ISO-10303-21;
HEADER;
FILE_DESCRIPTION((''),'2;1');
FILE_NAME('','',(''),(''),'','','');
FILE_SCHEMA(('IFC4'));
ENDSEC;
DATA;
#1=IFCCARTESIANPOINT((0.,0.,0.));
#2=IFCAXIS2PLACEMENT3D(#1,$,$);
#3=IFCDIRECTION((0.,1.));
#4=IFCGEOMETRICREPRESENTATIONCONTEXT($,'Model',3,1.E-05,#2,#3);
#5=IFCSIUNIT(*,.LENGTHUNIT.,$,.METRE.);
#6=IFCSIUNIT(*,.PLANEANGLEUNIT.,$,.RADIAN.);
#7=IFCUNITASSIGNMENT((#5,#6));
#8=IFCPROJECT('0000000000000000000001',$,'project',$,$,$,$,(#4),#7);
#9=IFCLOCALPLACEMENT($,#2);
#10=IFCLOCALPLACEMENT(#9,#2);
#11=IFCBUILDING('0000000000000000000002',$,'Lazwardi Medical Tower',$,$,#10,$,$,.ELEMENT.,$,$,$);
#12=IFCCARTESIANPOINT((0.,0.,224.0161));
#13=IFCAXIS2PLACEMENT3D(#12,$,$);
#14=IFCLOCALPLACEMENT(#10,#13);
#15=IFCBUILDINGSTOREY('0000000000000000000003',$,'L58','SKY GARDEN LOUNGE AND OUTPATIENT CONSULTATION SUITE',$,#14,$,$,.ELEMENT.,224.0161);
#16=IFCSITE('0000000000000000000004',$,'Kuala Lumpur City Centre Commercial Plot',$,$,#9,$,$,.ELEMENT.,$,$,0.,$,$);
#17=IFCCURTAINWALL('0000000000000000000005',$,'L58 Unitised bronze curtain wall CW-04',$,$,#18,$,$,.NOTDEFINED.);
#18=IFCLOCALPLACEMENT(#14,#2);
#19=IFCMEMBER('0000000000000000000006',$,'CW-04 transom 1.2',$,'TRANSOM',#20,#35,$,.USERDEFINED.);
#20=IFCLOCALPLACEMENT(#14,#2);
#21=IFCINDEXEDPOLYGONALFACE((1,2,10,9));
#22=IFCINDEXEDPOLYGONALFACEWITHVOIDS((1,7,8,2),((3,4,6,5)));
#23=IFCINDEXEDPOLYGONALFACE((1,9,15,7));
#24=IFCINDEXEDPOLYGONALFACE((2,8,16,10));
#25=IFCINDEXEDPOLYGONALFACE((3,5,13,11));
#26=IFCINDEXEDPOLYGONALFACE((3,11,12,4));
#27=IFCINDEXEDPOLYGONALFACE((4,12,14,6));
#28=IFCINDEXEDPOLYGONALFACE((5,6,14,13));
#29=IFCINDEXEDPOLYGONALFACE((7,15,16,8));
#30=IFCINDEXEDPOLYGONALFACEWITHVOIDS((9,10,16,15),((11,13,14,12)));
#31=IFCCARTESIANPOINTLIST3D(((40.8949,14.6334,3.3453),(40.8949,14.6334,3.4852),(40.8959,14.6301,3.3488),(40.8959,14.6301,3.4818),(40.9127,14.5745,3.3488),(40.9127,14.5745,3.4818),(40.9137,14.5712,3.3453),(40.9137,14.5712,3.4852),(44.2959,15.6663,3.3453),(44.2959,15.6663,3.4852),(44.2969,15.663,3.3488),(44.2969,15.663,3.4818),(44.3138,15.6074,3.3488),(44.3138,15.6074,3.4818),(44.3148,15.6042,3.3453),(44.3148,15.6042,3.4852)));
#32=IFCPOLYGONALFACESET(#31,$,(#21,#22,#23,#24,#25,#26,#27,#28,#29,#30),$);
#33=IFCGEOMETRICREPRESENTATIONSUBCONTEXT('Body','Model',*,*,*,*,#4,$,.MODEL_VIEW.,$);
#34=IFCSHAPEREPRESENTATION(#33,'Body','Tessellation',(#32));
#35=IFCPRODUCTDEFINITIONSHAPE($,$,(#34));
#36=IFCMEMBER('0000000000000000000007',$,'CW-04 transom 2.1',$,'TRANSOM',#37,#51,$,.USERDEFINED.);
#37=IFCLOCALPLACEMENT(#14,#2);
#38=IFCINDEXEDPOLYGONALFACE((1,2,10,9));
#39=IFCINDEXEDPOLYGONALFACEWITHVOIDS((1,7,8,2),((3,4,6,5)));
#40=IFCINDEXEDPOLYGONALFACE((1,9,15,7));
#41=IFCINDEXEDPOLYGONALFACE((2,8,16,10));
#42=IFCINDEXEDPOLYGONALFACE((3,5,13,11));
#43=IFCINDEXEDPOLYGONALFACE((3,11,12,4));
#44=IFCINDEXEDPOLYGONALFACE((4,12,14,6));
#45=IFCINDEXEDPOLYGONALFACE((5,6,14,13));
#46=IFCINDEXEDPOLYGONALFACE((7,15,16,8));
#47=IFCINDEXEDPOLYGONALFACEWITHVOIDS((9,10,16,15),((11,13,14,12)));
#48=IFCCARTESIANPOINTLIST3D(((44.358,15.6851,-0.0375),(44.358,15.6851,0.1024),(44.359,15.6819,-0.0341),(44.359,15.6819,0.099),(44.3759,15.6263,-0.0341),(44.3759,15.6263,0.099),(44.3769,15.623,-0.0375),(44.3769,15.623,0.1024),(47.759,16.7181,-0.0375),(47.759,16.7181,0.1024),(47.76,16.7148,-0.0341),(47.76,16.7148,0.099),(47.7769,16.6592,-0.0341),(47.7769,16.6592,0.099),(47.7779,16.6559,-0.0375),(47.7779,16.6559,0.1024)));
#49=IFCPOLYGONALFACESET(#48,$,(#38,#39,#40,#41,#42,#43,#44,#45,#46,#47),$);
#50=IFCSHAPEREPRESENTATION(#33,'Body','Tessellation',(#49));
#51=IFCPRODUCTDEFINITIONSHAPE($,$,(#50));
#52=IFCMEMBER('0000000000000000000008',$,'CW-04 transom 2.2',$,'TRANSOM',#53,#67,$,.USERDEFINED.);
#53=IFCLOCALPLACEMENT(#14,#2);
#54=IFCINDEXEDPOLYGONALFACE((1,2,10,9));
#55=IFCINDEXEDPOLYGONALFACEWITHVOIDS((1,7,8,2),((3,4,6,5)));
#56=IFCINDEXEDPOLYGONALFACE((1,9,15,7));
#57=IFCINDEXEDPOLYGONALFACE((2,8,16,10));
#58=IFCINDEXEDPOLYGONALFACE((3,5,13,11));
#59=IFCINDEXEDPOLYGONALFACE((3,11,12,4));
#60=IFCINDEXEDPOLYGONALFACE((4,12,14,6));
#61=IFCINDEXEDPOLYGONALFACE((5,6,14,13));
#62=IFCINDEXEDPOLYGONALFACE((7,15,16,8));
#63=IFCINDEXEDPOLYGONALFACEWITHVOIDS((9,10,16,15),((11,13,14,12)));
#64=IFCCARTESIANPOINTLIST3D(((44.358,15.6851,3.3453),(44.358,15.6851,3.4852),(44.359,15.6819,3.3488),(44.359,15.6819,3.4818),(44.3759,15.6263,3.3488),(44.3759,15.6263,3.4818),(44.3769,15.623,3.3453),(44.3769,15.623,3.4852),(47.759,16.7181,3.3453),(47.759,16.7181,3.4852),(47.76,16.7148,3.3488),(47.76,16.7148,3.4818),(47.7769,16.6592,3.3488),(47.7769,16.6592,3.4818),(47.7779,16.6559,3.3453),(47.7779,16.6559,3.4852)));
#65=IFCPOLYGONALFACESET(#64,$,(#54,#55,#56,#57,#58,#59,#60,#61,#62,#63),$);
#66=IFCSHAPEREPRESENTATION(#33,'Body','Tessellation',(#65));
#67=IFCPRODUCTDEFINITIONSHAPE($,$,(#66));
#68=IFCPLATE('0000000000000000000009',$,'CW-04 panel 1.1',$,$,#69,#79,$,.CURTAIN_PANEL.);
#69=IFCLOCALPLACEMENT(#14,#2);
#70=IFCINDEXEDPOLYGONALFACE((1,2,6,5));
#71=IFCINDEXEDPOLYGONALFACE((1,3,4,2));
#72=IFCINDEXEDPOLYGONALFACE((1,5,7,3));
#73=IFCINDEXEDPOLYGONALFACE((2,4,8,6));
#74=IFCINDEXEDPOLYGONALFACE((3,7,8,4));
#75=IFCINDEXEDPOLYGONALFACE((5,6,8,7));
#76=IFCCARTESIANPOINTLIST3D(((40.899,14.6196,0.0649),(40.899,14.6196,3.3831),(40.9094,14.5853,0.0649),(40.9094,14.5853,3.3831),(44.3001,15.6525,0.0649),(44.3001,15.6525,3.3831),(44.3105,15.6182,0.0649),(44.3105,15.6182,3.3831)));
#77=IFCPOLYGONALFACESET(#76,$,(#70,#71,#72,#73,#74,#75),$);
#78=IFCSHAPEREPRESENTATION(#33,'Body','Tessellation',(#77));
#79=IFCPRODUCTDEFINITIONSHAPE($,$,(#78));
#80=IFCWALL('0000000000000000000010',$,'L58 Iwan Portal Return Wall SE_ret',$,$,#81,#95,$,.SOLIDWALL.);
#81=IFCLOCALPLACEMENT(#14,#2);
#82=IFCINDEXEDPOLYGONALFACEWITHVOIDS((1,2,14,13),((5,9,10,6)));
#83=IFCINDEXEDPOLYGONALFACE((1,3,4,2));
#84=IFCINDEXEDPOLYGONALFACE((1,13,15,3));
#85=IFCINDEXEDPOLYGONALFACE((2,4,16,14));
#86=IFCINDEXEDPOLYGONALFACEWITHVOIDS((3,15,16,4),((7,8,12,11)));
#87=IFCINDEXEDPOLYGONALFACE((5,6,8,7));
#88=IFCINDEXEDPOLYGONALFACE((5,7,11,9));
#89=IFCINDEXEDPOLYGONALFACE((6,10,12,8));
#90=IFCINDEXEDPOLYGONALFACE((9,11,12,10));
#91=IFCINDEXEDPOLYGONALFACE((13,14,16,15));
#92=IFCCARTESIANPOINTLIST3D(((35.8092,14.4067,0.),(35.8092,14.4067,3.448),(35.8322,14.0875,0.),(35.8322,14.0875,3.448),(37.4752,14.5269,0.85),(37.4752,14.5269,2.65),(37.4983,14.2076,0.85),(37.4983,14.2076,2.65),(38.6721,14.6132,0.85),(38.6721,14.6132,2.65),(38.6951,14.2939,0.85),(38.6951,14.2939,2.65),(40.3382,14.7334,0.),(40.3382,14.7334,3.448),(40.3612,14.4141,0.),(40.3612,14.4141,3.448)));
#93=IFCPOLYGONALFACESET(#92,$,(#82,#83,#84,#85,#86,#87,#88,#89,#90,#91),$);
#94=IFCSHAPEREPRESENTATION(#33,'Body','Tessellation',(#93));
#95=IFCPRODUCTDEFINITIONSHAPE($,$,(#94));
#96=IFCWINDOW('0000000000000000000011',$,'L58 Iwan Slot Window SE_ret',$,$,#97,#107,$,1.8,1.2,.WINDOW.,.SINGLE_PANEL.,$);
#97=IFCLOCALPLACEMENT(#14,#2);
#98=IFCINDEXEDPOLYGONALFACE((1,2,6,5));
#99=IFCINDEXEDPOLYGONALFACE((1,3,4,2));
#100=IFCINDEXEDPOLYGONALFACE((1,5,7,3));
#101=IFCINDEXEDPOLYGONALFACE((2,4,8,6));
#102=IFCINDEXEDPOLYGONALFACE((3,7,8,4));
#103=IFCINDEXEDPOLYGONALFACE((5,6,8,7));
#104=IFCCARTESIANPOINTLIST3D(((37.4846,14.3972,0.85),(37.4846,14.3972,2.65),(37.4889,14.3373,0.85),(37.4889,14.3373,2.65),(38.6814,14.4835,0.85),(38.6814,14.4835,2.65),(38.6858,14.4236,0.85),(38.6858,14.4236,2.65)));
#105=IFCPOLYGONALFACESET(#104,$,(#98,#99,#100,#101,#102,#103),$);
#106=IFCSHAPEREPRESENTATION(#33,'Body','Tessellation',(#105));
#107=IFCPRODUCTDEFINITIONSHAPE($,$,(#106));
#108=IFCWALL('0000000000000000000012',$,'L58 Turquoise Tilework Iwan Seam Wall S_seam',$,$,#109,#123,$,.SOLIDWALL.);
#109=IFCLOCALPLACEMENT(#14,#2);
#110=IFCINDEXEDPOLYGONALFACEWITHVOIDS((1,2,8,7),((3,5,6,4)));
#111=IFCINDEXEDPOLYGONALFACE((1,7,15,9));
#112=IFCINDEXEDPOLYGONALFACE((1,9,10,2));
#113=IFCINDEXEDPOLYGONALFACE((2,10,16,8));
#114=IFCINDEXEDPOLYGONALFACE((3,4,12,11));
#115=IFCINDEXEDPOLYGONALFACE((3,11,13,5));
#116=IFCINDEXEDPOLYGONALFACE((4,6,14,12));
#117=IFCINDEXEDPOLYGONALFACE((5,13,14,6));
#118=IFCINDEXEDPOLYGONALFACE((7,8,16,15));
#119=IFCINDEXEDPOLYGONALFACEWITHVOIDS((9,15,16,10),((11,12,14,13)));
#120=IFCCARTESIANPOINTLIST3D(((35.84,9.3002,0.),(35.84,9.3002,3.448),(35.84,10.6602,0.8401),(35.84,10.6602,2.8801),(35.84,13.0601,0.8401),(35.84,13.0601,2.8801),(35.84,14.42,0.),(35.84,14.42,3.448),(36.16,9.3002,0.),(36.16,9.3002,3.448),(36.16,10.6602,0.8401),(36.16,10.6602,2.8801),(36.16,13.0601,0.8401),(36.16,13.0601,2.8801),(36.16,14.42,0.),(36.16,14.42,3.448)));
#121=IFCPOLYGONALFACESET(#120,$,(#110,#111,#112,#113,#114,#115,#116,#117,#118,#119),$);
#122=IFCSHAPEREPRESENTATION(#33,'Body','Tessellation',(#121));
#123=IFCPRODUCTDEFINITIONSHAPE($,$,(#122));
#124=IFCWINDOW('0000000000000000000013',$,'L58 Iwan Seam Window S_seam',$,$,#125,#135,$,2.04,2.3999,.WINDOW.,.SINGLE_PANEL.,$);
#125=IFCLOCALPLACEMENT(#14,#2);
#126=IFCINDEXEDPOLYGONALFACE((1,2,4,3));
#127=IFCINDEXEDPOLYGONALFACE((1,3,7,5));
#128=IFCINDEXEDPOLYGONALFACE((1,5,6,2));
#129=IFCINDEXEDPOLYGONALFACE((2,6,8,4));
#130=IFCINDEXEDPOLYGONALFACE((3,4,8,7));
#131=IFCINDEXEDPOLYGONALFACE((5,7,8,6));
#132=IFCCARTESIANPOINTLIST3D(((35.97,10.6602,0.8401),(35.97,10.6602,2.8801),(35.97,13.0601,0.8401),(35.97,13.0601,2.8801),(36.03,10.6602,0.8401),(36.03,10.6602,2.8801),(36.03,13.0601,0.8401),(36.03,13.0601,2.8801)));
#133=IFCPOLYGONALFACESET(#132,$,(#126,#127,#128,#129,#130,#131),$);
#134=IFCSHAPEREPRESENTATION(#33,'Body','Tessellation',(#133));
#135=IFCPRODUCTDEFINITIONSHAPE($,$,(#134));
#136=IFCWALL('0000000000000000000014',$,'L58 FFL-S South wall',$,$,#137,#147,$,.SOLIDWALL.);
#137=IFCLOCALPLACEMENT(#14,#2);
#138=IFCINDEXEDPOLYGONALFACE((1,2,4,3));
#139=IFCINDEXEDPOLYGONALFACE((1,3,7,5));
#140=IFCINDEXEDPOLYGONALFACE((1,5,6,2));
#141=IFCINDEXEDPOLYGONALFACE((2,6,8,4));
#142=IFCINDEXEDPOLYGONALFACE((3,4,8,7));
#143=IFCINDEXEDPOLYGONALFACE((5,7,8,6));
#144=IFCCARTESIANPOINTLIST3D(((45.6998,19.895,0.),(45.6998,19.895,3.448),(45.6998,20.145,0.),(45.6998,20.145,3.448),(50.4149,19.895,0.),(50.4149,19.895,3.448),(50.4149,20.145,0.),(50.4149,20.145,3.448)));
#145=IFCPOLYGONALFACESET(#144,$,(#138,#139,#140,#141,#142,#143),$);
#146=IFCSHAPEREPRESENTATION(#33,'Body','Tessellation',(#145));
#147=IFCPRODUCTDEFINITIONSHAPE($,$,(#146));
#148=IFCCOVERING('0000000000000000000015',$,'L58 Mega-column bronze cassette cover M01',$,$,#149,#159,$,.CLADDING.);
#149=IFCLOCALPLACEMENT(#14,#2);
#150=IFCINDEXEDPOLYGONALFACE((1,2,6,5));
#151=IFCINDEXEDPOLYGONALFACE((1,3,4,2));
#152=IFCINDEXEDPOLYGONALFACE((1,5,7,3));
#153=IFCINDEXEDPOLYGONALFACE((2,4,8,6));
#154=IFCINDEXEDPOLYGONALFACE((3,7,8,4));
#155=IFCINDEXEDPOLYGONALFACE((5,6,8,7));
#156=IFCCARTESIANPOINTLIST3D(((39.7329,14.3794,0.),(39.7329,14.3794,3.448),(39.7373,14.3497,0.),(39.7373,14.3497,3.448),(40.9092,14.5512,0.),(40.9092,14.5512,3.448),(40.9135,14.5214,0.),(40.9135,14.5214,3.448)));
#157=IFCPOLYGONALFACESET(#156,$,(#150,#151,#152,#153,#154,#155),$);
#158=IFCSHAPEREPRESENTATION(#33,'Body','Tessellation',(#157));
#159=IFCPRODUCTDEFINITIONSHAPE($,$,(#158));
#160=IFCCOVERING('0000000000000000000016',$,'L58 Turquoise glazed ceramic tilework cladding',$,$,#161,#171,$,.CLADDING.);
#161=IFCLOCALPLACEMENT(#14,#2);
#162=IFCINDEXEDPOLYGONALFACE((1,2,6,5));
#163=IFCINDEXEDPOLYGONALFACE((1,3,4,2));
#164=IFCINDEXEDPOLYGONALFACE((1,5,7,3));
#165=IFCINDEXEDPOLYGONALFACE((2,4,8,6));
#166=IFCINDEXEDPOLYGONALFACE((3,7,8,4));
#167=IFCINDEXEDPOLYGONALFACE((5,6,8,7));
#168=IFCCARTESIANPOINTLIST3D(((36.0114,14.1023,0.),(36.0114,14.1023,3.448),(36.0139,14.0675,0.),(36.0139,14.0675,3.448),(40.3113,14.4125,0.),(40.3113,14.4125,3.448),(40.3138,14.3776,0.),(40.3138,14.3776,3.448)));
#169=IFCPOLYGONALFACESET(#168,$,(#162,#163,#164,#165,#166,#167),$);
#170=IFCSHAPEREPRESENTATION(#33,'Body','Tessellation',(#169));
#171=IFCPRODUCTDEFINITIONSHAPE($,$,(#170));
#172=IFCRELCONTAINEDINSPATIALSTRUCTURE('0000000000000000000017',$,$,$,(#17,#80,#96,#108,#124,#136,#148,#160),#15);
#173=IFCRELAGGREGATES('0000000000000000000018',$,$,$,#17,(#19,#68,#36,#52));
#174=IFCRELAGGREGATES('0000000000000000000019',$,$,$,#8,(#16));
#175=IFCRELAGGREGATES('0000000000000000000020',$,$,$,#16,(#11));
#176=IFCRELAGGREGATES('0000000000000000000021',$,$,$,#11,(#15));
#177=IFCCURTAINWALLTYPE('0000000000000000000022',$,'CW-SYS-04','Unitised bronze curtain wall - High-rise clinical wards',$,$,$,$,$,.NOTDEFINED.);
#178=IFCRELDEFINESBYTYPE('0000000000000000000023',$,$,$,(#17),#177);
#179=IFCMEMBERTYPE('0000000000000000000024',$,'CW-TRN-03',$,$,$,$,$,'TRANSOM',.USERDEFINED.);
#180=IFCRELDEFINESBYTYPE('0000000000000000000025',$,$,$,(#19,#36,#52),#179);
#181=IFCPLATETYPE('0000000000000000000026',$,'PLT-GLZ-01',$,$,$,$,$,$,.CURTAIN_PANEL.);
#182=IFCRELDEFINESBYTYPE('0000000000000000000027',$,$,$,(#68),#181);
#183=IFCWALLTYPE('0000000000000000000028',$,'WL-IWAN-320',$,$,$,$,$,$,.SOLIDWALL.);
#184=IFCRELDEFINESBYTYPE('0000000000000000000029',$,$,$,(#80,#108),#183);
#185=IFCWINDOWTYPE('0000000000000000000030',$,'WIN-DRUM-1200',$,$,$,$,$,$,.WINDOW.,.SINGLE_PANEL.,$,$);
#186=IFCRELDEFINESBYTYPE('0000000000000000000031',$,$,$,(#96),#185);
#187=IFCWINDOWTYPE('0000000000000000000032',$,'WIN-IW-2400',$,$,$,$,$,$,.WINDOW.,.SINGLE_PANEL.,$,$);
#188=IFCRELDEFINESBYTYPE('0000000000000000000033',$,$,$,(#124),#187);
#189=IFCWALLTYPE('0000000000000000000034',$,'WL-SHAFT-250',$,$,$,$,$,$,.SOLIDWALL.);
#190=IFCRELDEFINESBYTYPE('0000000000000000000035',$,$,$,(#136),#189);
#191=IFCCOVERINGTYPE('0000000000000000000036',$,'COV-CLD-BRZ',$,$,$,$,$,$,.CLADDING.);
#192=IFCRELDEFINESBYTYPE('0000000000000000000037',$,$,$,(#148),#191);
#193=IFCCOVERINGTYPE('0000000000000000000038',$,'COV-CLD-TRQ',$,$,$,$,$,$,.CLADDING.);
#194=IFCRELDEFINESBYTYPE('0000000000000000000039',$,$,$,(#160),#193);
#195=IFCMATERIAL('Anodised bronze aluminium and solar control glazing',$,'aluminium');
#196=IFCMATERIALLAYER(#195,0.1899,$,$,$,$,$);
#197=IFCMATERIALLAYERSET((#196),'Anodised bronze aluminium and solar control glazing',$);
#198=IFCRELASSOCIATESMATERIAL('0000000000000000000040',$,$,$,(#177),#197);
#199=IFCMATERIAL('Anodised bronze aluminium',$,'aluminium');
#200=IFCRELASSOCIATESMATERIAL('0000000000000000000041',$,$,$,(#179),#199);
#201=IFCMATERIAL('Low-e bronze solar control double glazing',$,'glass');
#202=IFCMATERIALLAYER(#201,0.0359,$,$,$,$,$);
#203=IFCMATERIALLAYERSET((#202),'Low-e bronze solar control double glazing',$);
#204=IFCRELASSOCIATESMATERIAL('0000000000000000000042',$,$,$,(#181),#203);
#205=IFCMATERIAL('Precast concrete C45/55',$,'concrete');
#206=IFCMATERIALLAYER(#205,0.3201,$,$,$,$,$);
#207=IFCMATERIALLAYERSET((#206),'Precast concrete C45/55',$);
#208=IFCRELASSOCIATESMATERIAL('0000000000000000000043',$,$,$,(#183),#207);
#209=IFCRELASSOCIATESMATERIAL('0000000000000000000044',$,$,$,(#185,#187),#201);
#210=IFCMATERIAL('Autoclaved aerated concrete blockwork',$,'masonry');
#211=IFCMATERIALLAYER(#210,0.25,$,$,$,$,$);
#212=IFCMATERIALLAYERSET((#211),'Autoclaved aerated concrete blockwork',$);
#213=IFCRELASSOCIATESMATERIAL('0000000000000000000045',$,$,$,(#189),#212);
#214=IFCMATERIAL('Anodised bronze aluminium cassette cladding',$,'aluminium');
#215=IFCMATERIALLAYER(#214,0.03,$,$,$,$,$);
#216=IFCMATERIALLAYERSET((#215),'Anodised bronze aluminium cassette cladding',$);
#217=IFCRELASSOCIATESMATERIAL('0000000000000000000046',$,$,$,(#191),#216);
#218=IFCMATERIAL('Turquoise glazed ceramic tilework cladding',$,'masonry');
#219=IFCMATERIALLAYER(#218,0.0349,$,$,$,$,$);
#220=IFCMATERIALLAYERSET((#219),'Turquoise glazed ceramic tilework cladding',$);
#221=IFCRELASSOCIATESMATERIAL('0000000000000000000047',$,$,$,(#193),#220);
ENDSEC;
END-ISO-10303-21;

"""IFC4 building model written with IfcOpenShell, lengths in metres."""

from ifc_helpers import new_model, si_unit, direction, frame, frame_2d, origin, origin_2d, place, context, subcontext, project, spatial, rectangle, hollow_rectangle, extrude, material, layer, layer_set, material_profile, profile_set, type_object, element, fill, aggregate, save


model = new_model("IFC4")

# Units and contexts
model_context = context("Model", 3, precision=1e-05, world=origin(), true_north=direction((0.0, 1.0)))
body_context = subcontext(model_context, "Body", "Model", "MODEL_VIEW")
ifc_project = project(units=[si_unit("LENGTHUNIT", "METRE"), si_unit("PLANEANGLEUNIT", "RADIAN")], contexts=[model_context])

# Site, building, storey
site_placement = place(None, origin())
site = spatial("IfcSite", under=ifc_project, at=site_placement, Name="Kuala Lumpur City Centre Commercial Plot", CompositionType="ELEMENT", RefElevation=0.0)
building_placement = place(site_placement, origin())
building = spatial("IfcBuilding", under=site, at=building_placement, Name="Lazwardi Medical Tower", CompositionType="ELEMENT")
storey_placement = place(building_placement, frame((0.0, 0.0, 224.0161)))
storey = spatial("IfcBuildingStorey", under=building, at=storey_placement, Name="L58", Description="SKY GARDEN LOUNGE AND OUTPATIENT CONSULTATION SUITE", CompositionType="ELEMENT", Elevation=224.0161)

# Curtain wall, members, plate
ifc_material_1 = material(Name="Anodised bronze aluminium and solar control glazing", Category="aluminium")
ifc_layer_1 = layer(ifc_material_1, 0.1899)
ifc_layer_set_1 = layer_set([ifc_layer_1], Name="Anodised bronze aluminium and solar control glazing")
curtain_wall_type = type_object("IfcCurtainWallType", Name="CW-SYS-04", Description="Unitised bronze curtain wall - High-rise clinical wards", PredefinedType="NOTDEFINED", material=ifc_layer_set_1)
curtain_wall_placement = place(storey_placement, origin())
curtain_wall = element("IfcCurtainWall", 1, at=curtain_wall_placement, inside=storey, type_object=curtain_wall_type, Name="L58 Unitised bronze curtain wall CW-04", PredefinedType="NOTDEFINED")
ifc_material_2 = material(Name="Anodised bronze aluminium", Category="aluminium")
ifc_material_profile_1 = material_profile(ifc_material_2, hollow_rectangle(XDim=0.0649, YDim=0.1399, WallThickness=0.0034, at=origin_2d()), Name="ALU-TRANSOM 140x65x3.5")
ifc_profile_set_1 = profile_set([ifc_material_profile_1], Name="Anodised bronze aluminium")
member_type_1 = type_object("IfcMemberType", Name="CW-TRN-03", ElementType="TRANSOM", PredefinedType="USERDEFINED", material=ifc_profile_set_1)
member_1_placement = place(storey_placement, frame((40.9043, 14.6023, 3.4153), z_axis=(0.956843, 0.290604, 0.0), x_axis=(-0.290604, 0.956843, 0.0)))
member_1 = element("IfcMember", 2, at=member_1_placement, type_object=member_type_1, Name="CW-04 transom 1.2", ObjectType="TRANSOM", PredefinedType="USERDEFINED", context=body_context, shape_type="SweptSolid", body=[
    extrude(hollow_rectangle(XDim=0.0649, YDim=0.1399, WallThickness=0.0034, at=origin_2d()), origin(), (0.0, 0.0, 1.0), 3.5544),
])
member_2_placement = place(storey_placement, frame((44.3674, 15.6541, 0.0325), z_axis=(0.956843, 0.290604, 0.0), x_axis=(-0.290604, 0.956843, 0.0)))
member_2 = element("IfcMember", 3, at=member_2_placement, type_object=member_type_1, Name="CW-04 transom 2.1", ObjectType="TRANSOM", PredefinedType="USERDEFINED", context=body_context, shape_type="SweptSolid", body=[
    extrude(hollow_rectangle(XDim=0.0649, YDim=0.1399, WallThickness=0.0034, at=origin_2d()), origin(), (0.0, 0.0, 1.0), 3.5544),
])
member_3_placement = place(storey_placement, frame((44.3674, 15.6541, 3.4153), z_axis=(0.956843, 0.290604, 0.0), x_axis=(-0.290604, 0.956843, 0.0)))
member_3 = element("IfcMember", 4, at=member_3_placement, type_object=member_type_1, Name="CW-04 transom 2.2", ObjectType="TRANSOM", PredefinedType="USERDEFINED", context=body_context, shape_type="SweptSolid", body=[
    extrude(hollow_rectangle(XDim=0.0649, YDim=0.1399, WallThickness=0.0034, at=origin_2d()), origin(), (0.0, 0.0, 1.0), 3.5544),
])
ifc_material_3 = material(Name="Low-e bronze solar control double glazing", Category="glass")
ifc_layer_2 = layer(ifc_material_3, 0.0359)
ifc_layer_set_2 = layer_set([ifc_layer_2], Name="Low-e bronze solar control double glazing")
plate_type = type_object("IfcPlateType", Name="PLT-GLZ-01", PredefinedType="CURTAIN_PANEL", material=ifc_layer_set_2)
plate_placement = place(storey_placement, frame((42.6047, 15.1189, 0.0649), z_axis=(0.0, 0.0, 1.0), x_axis=(0.95685, 0.290582, 0.0)))
plate = element("IfcPlate", 5, at=plate_placement, type_object=plate_type, Name="CW-04 panel 1.1", PredefinedType="CURTAIN_PANEL", context=body_context, shape_type="SweptSolid", body=[
    extrude(rectangle(XDim=3.5544, YDim=0.0359, at=origin_2d()), origin(), (0.0, 0.0, 1.0), 3.3181),
])
aggregate(curtain_wall, [member_1, plate, member_2, member_3])

# Walls, openings, windows
ifc_material_4 = material(Name="Precast concrete C45/55", Category="concrete")
ifc_layer_3 = layer(ifc_material_4, 0.3201)
ifc_layer_set_3 = layer_set([ifc_layer_3], Name="Precast concrete C45/55")
wall_type_1 = type_object("IfcWallType", Name="WL-IWAN-320", PredefinedType="SOLIDWALL", material=ifc_layer_set_3)
wall_1_placement = place(storey_placement, frame((35.8206, 14.2471, 0.0), z_axis=(0.0, 0.0, 1.0), x_axis=(0.997409, 0.071939, 0.0)))
wall_1 = element("IfcWall", 6, at=wall_1_placement, inside=storey, type_object=wall_type_1, Name="L58 Iwan Portal Return Wall SE_ret", PredefinedType="SOLIDWALL", context=body_context, shape_type="SweptSolid", body=[
    extrude(rectangle(XDim=4.5408, YDim=0.3201, at=frame_2d((2.2705, 0.0))), origin(), (0.0, 0.0, 1.0), 3.448),
])
opening_1_placement = place(wall_1_placement, frame((1.6704, 0.0, 0.8501)))
opening_1 = element("IfcOpeningElement", 7, at=opening_1_placement, cuts=wall_1, PredefinedType="OPENING", context=body_context, shape_type="SweptSolid", body=[
    extrude(rectangle(XDim=1.2, YDim=1.8, at=frame_2d((0.6001, 0.8999))), frame((0.0, 0.1699, 0.0), z_axis=(0.0, -1.0, 0.0), x_axis=(1.0, 0.0, 0.0)), (0.0, 0.0, 1.0), 0.3401),
])
window_type_1 = type_object("IfcWindowType", Name="WIN-DRUM-1200", PartitioningType="SINGLE_PANEL", PredefinedType="WINDOW", material=ifc_material_3)
window_1_placement = place(opening_1_placement, origin())
window_1 = element("IfcWindow", 8, at=window_1_placement, inside=storey, type_object=window_type_1, Name="L58 Iwan Slot Window SE_ret", OverallHeight=1.8, OverallWidth=1.2, PartitioningType="SINGLE_PANEL", PredefinedType="WINDOW", context=body_context, shape_type="SweptSolid", body=[
    extrude(rectangle(XDim=1.2, YDim=1.8, at=frame_2d((0.6001, 0.8999))), frame((0.0, 0.03, 0.0), z_axis=(0.0, -1.0, 0.0), x_axis=(1.0, 0.0, 0.0)), (0.0, 0.0, 1.0), 0.0601),
])
fill(opening_1, window_1)
wall_2_placement = place(storey_placement, frame((36.0, 9.3, 0.0), z_axis=(0.0, 0.0, 1.0), x_axis=(0.0, 1.0, 0.0)))
wall_2 = element("IfcWall", 9, at=wall_2_placement, inside=storey, type_object=wall_type_1, Name="L58 Turquoise Tilework Iwan Seam Wall S_seam", PredefinedType="SOLIDWALL", context=body_context, shape_type="SweptSolid", body=[
    extrude(rectangle(XDim=5.1199, YDim=0.3201, at=frame_2d((2.5601, 0.0))), origin(), (0.0, 0.0, 1.0), 3.448),
])
opening_2_placement = place(wall_2_placement, frame((1.3601, 0.0, 0.8401)))
opening_2 = element("IfcOpeningElement", 10, at=opening_2_placement, cuts=wall_2, PredefinedType="OPENING", context=body_context, shape_type="SweptSolid", body=[
    extrude(rectangle(XDim=2.3999, YDim=2.04, at=frame_2d((1.2, 1.02))), frame((0.0, 0.1699, 0.0), z_axis=(0.0, -1.0, 0.0), x_axis=(1.0, 0.0, 0.0)), (0.0, 0.0, 1.0), 0.3401),
])
window_type_2 = type_object("IfcWindowType", Name="WIN-IW-2400", PartitioningType="SINGLE_PANEL", PredefinedType="WINDOW", material=ifc_material_3)
window_2_placement = place(opening_2_placement, origin())
window_2 = element("IfcWindow", 11, at=window_2_placement, inside=storey, type_object=window_type_2, Name="L58 Iwan Seam Window S_seam", OverallHeight=2.04, OverallWidth=2.3999, PartitioningType="SINGLE_PANEL", PredefinedType="WINDOW", context=body_context, shape_type="SweptSolid", body=[
    extrude(rectangle(XDim=2.3999, YDim=2.04, at=frame_2d((1.2, 1.02))), frame((0.0, 0.03, 0.0), z_axis=(0.0, -1.0, 0.0), x_axis=(1.0, 0.0, 0.0)), (0.0, 0.0, 1.0), 0.0601),
])
fill(opening_2, window_2)

# Wall
ifc_material_5 = material(Name="Autoclaved aerated concrete blockwork", Category="masonry")
ifc_layer_4 = layer(ifc_material_5, 0.25)
ifc_layer_set_4 = layer_set([ifc_layer_4], Name="Autoclaved aerated concrete blockwork")
wall_type_2 = type_object("IfcWallType", Name="WL-SHAFT-250", PredefinedType="SOLIDWALL", material=ifc_layer_set_4)
wall_3_placement = place(storey_placement, frame((45.7, 20.02, 0.0), z_axis=(0.0, 0.0, 1.0), x_axis=(1.0, 0.0, 0.0)))
element("IfcWall", 12, at=wall_3_placement, inside=storey, type_object=wall_type_2, Name="L58 FFL-S South wall", PredefinedType="SOLIDWALL", context=body_context, shape_type="SweptSolid", body=[
    extrude(rectangle(XDim=4.7151, YDim=0.25, at=frame_2d((2.3574, 0.0))), origin(), (0.0, 0.0, 1.0), 3.448),
])

# Coverings
ifc_material_6 = material(Name="Anodised bronze aluminium cassette cladding", Category="aluminium")
ifc_layer_5 = layer(ifc_material_6, 0.03)
ifc_layer_set_5 = layer_set([ifc_layer_5], Name="Anodised bronze aluminium cassette cladding")
covering_type_1 = type_object("IfcCoveringType", Name="COV-CLD-BRZ", PredefinedType="CLADDING", material=ifc_layer_set_5)
covering_1_placement = place(storey_placement, frame((40.3232, 14.4504, 0.0), z_axis=(0.0, 0.0, 1.0), x_axis=(0.989512, 0.144448, 0.0)))
element("IfcCovering", 13, at=covering_1_placement, inside=storey, type_object=covering_type_1, Name="L58 Mega-column bronze cassette cover M01", PredefinedType="CLADDING", context=body_context, shape_type="SweptSolid", body=[
    extrude(rectangle(XDim=1.1887, YDim=0.03, at=origin_2d()), origin(), (0.0, 0.0, 1.0), 3.448),
])
ifc_material_7 = material(Name="Turquoise glazed ceramic tilework cladding", Category="masonry")
ifc_layer_6 = layer(ifc_material_7, 0.0349)
ifc_layer_set_6 = layer_set([ifc_layer_6], Name="Turquoise glazed ceramic tilework cladding")
covering_type_2 = type_object("IfcCoveringType", Name="COV-CLD-TRQ", PredefinedType="CLADDING", material=ifc_layer_set_6)
covering_2_placement = place(storey_placement, frame((38.1626, 14.24, 0.0), z_axis=(0.0, 0.0, 1.0), x_axis=(0.997409, 0.071933, 0.0)))
element("IfcCovering", 14, at=covering_2_placement, inside=storey, type_object=covering_type_2, Name="L58 Turquoise glazed ceramic tilework cladding", PredefinedType="CLADDING", context=body_context, shape_type="SweptSolid", body=[
    extrude(rectangle(XDim=4.311, YDim=0.0349, at=origin_2d()), origin(), (0.0, 0.0, 1.0), 3.448),
])

save(model, "model.ifc")
